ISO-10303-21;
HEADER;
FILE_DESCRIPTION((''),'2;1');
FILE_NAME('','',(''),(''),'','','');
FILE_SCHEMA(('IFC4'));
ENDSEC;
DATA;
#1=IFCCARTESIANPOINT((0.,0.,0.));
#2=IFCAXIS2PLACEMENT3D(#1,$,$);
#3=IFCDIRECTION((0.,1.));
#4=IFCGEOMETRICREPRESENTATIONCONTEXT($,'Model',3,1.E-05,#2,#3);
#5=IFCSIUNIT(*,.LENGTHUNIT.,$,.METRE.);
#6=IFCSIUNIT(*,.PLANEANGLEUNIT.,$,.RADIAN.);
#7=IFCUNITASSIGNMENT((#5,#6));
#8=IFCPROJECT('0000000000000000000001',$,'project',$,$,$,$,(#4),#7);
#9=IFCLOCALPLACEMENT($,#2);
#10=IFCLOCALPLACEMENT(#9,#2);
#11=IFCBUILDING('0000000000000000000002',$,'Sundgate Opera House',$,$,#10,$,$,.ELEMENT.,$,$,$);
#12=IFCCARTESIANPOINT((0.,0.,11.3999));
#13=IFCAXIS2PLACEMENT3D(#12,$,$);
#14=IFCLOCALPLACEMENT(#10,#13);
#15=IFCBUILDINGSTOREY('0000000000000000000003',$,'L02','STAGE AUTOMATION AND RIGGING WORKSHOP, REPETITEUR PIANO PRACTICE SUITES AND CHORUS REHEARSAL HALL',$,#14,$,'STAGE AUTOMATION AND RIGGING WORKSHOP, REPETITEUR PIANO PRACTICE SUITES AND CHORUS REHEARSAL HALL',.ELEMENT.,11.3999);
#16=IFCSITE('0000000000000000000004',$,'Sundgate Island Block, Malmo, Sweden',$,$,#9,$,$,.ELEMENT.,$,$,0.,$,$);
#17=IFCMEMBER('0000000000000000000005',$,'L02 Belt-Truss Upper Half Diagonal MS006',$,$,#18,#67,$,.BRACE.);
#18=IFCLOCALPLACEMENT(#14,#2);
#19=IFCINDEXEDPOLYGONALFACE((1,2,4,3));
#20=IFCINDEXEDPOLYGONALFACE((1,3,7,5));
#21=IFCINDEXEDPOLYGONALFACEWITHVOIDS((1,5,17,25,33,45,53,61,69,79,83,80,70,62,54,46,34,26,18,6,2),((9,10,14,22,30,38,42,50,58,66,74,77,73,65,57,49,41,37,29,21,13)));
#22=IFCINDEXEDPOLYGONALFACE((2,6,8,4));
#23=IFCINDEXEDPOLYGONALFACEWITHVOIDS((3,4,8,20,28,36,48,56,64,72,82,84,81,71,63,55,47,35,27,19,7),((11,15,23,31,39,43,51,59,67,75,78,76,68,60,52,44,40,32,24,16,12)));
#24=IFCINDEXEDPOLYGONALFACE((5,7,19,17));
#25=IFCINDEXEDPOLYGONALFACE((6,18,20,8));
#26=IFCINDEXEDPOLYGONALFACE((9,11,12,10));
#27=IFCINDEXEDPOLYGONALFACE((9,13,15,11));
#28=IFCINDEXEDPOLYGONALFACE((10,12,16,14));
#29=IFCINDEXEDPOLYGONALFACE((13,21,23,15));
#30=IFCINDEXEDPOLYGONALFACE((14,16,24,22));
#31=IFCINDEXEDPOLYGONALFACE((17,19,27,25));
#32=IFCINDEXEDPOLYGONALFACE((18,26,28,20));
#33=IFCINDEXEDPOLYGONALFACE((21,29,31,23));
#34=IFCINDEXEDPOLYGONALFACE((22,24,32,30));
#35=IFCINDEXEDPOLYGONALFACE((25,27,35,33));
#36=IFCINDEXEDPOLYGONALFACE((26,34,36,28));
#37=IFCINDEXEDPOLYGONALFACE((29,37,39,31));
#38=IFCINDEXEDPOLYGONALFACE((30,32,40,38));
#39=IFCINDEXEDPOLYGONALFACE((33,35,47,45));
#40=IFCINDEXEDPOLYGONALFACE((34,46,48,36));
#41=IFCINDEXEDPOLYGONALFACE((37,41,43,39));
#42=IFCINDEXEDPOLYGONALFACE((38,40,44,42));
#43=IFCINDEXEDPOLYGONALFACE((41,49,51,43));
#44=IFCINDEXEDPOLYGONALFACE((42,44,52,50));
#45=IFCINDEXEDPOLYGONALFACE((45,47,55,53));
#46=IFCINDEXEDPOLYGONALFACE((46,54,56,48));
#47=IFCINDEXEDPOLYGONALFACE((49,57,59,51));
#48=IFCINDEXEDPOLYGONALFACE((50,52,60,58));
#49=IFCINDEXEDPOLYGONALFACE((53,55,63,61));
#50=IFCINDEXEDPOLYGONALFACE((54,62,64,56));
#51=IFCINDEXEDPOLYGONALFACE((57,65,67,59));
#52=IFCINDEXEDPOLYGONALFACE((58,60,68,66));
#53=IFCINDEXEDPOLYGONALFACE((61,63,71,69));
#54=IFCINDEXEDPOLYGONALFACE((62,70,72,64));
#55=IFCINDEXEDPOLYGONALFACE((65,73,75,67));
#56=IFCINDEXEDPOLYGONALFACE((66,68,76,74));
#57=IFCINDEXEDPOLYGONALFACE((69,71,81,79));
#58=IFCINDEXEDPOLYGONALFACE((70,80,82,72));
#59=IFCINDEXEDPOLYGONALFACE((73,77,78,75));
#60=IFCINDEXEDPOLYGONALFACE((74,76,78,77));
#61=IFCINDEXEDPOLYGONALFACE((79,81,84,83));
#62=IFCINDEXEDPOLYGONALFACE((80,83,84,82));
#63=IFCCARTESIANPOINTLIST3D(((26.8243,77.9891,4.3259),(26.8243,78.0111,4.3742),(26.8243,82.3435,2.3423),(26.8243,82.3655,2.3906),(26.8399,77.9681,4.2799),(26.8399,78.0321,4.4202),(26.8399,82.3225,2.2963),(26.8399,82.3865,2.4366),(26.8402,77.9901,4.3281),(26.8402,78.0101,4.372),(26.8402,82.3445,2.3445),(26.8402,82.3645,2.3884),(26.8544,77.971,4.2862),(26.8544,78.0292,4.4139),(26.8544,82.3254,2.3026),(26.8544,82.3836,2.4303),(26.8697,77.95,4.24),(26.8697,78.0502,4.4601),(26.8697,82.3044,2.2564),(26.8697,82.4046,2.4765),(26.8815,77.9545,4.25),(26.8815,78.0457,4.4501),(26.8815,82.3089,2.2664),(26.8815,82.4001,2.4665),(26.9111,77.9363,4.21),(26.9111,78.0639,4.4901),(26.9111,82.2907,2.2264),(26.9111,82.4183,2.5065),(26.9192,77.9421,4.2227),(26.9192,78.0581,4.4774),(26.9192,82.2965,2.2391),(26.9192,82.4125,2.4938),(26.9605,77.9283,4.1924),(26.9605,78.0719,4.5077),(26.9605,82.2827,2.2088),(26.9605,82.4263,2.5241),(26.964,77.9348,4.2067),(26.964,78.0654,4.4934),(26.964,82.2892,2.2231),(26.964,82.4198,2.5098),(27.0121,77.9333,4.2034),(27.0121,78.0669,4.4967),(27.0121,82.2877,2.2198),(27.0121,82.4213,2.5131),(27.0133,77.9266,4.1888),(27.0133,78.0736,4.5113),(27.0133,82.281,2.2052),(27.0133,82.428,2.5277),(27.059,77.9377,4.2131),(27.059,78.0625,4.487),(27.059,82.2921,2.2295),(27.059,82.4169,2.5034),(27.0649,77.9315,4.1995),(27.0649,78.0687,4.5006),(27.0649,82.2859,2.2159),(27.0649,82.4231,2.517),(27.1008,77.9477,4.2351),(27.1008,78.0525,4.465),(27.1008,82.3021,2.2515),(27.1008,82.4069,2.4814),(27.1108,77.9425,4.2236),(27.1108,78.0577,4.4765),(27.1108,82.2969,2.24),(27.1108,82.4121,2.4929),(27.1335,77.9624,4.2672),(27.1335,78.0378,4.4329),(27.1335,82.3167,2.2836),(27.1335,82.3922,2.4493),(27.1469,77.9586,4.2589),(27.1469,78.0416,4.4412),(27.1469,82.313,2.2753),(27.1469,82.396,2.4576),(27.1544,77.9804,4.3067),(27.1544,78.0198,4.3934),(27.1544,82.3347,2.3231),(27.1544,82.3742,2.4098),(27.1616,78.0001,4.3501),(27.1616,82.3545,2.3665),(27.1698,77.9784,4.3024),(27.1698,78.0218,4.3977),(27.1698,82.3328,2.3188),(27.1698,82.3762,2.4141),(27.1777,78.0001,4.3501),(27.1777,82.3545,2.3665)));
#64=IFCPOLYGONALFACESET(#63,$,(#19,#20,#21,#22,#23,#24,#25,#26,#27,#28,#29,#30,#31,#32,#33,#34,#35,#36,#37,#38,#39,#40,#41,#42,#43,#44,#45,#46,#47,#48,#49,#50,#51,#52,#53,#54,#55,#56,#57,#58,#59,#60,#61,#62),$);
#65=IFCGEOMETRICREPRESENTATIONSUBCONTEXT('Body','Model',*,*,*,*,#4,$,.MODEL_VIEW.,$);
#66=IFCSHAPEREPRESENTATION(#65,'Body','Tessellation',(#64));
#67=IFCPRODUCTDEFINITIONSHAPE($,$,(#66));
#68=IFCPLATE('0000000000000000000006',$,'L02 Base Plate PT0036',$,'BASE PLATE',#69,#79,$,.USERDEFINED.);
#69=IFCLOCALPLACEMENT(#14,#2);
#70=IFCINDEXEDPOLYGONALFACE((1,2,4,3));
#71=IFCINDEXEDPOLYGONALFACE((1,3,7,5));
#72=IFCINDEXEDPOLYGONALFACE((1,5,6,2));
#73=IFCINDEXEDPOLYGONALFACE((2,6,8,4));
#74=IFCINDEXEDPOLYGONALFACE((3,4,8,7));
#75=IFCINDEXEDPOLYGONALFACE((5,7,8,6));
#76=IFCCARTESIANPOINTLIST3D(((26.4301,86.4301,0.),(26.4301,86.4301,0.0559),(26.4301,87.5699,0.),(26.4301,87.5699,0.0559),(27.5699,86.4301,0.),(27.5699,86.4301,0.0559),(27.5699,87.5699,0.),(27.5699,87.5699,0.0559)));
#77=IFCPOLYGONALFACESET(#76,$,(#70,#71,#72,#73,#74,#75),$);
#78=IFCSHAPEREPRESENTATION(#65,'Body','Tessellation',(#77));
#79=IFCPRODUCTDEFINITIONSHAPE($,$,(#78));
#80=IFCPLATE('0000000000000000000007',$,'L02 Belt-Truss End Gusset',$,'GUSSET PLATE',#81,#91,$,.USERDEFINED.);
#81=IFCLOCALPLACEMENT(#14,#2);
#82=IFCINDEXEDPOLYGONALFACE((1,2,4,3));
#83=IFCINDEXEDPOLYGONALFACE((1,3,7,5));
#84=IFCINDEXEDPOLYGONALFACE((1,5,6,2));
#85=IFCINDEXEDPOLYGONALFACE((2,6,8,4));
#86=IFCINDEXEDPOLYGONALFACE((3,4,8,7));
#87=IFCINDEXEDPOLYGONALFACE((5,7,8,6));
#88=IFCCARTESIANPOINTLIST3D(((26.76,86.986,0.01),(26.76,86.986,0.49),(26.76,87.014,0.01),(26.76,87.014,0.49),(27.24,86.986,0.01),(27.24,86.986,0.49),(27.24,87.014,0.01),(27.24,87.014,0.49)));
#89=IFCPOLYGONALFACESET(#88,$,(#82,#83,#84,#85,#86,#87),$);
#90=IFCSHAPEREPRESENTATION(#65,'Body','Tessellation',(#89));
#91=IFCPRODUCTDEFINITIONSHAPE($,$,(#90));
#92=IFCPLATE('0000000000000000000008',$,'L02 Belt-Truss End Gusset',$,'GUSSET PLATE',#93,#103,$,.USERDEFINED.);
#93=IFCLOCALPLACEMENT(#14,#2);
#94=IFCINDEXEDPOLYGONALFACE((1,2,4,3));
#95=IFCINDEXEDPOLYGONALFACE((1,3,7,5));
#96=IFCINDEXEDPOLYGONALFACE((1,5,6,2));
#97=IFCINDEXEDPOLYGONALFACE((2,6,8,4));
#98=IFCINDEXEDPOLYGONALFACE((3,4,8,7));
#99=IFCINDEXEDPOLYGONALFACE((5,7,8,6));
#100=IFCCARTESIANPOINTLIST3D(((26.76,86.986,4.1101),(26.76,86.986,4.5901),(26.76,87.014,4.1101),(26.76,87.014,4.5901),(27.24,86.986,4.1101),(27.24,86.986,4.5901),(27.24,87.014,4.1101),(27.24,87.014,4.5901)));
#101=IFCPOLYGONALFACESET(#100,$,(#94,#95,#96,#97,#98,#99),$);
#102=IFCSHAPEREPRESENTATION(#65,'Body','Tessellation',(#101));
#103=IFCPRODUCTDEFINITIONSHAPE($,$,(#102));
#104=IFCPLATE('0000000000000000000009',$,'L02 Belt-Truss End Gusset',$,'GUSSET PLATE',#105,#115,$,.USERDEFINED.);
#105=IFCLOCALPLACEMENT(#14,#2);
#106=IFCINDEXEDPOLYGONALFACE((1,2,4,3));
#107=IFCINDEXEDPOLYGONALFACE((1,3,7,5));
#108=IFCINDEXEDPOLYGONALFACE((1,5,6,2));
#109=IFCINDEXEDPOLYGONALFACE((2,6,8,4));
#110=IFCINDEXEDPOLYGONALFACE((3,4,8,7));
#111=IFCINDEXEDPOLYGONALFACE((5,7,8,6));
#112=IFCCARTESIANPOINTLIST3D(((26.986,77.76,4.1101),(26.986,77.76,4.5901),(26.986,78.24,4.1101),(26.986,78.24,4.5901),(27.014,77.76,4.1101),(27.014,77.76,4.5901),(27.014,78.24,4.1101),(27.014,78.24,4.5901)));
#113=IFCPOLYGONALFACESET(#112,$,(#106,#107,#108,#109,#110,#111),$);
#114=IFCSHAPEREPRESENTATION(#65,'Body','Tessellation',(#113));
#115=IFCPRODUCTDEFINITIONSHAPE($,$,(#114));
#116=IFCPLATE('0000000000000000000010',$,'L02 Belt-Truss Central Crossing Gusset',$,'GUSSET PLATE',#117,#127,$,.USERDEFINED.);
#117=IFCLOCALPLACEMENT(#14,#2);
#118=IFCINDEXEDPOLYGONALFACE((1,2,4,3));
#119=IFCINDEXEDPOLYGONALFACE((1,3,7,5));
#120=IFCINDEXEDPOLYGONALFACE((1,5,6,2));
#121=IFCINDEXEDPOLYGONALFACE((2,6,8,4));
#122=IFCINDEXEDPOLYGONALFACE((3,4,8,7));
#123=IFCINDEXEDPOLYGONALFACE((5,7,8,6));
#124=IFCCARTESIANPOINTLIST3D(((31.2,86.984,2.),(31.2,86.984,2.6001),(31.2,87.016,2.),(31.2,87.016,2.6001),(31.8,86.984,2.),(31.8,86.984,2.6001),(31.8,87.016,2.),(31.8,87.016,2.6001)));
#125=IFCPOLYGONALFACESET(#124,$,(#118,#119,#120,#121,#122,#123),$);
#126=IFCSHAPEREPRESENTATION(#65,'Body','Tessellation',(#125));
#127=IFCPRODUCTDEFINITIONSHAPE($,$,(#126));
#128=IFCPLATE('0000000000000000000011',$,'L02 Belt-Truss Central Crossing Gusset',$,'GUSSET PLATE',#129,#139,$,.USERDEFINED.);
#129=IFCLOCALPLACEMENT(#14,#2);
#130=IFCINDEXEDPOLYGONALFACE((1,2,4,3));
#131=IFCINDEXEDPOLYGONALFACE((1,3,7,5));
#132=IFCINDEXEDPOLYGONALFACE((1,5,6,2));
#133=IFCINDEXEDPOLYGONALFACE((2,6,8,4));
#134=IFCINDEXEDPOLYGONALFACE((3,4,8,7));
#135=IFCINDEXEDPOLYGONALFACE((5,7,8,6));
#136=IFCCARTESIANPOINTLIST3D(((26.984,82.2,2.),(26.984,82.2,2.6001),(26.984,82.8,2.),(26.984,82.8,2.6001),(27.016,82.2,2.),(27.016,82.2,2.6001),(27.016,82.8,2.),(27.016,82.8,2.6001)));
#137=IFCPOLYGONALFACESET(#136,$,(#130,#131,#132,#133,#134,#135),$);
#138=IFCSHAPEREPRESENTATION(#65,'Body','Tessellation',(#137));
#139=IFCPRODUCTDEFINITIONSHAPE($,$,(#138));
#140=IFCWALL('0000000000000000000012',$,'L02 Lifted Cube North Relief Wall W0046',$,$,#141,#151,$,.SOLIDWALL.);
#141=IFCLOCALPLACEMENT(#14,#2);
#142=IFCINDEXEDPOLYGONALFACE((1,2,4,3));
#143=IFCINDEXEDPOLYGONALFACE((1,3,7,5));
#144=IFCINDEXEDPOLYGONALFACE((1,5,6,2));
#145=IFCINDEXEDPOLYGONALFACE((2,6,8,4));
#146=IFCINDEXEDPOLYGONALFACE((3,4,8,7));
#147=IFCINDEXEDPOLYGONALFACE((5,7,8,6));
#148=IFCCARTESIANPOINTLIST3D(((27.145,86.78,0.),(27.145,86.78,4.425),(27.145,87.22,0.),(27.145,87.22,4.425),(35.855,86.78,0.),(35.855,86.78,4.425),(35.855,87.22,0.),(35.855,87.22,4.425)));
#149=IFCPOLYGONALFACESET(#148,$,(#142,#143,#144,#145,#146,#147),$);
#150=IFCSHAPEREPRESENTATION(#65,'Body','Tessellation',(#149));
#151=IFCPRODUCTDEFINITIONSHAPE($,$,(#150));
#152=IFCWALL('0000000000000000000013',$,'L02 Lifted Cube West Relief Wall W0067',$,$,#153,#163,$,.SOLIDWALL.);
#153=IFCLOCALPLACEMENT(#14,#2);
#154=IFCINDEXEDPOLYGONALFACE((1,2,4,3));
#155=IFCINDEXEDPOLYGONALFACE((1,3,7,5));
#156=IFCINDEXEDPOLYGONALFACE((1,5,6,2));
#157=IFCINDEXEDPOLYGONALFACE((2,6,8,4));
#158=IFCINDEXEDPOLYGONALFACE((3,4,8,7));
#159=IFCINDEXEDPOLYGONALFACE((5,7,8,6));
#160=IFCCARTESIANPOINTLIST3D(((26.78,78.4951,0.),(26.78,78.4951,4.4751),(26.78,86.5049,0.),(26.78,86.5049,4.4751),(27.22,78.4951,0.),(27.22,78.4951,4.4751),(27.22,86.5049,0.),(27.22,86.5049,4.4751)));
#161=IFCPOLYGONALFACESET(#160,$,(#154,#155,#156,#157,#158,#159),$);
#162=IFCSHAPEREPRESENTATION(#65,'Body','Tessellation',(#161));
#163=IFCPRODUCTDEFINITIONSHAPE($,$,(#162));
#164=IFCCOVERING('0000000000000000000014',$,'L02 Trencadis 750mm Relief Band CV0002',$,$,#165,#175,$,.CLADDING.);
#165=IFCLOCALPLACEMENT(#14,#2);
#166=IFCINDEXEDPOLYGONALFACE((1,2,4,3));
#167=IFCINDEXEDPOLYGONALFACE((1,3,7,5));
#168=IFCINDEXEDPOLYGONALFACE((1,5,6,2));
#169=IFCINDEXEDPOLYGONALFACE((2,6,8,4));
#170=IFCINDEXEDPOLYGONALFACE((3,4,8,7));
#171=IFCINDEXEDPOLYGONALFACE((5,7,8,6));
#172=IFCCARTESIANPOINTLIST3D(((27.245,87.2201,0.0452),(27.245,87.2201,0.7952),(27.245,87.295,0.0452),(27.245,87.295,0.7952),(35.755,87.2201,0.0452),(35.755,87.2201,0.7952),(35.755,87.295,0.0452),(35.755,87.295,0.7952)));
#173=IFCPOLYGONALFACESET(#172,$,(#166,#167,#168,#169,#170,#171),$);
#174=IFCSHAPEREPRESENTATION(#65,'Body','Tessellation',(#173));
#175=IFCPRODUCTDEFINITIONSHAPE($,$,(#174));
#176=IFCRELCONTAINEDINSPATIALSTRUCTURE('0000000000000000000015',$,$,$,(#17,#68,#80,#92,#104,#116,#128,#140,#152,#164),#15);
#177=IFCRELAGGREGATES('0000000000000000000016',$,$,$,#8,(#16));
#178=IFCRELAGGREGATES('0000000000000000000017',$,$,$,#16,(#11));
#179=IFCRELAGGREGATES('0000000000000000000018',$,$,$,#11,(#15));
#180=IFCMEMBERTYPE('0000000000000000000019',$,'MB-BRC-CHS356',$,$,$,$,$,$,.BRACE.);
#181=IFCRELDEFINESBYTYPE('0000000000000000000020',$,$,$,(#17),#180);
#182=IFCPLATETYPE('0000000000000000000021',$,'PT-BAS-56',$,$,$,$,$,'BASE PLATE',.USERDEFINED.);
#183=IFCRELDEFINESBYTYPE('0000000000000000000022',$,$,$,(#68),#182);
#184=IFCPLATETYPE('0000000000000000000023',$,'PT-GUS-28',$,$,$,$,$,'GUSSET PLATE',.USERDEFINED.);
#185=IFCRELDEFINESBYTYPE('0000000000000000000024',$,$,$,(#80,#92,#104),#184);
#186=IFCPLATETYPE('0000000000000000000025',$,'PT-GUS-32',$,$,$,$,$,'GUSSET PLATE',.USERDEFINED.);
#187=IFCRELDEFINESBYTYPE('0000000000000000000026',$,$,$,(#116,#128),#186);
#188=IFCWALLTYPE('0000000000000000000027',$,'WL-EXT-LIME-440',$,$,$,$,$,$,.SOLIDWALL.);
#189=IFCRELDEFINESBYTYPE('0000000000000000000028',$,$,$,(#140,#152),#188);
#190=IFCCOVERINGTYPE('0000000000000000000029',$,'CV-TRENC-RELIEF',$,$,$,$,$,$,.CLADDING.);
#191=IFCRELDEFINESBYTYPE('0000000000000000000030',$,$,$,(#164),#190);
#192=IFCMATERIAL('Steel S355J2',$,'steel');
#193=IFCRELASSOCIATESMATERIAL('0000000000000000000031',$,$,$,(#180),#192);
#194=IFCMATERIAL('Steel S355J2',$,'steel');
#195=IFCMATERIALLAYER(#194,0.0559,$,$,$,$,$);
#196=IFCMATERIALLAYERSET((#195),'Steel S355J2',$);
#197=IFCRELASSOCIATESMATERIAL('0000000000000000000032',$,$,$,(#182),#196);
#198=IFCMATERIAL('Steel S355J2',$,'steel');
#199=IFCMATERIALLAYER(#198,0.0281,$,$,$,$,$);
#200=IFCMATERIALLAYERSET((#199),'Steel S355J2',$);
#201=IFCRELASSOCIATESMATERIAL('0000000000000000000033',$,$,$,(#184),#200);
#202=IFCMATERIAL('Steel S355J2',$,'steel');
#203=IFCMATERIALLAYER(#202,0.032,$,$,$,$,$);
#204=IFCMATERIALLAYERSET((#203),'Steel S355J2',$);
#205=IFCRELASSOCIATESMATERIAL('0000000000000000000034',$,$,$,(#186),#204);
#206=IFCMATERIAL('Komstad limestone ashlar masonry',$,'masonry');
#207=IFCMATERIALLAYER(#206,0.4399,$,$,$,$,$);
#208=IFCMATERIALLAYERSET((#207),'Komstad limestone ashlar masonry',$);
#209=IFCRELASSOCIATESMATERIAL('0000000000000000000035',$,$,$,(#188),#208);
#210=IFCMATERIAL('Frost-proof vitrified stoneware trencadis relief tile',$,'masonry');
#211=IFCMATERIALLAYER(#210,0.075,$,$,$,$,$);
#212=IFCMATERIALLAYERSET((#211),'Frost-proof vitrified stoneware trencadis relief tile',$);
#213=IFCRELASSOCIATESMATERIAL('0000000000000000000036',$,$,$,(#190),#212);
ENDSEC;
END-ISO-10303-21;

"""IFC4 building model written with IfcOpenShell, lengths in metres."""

from ifc_helpers import new_model, si_unit, direction, frame, frame_2d, origin, origin_2d, place, context, subcontext, project, spatial, rectangle, hollow_circle, extrude, material, layer, layer_set, material_profile, profile_set, type_object, element, save


model = new_model("IFC4")

# Units and contexts
model_context = context("Model", 3, precision=1e-05, world=origin(), true_north=direction((0.0, 1.0)))
body_context = subcontext(model_context, "Body", "Model", "MODEL_VIEW")
ifc_project = project(units=[si_unit("LENGTHUNIT", "METRE"), si_unit("PLANEANGLEUNIT", "RADIAN")], contexts=[model_context])

# Site, building, storey
site_placement = place(None, origin())
site = spatial("IfcSite", under=ifc_project, at=site_placement, Name="Sundgate Island Block, Malmo, Sweden", CompositionType="ELEMENT", RefElevation=0.0)
building_placement = place(site_placement, origin())
building = spatial("IfcBuilding", under=site, at=building_placement, Name="Sundgate Opera House", CompositionType="ELEMENT")
storey_placement = place(building_placement, frame((0.0, 0.0, 11.3999)))
storey = spatial("IfcBuildingStorey", under=building, at=storey_placement, Name="L02", Description="STAGE AUTOMATION AND RIGGING WORKSHOP, REPETITEUR PIANO PRACTICE SUITES AND CHORUS REHEARSAL HALL", LongName="STAGE AUTOMATION AND RIGGING WORKSHOP, REPETITEUR PIANO PRACTICE SUITES AND CHORUS REHEARSAL HALL", CompositionType="ELEMENT", Elevation=11.3999)

# Member
ifc_material_1 = material(Name="Steel S355J2", Category="steel")
ifc_material_profile_1 = material_profile(ifc_material_1, hollow_circle(Radius=0.1777, WallThickness=0.0161, at=origin_2d()), Name="CHS 355.6x16.0")
ifc_profile_set_1 = profile_set([ifc_material_profile_1], Name="Steel S355J2")
member_type = type_object("IfcMemberType", Name="MB-BRC-CHS356", PredefinedType="BRACE", material=ifc_profile_set_1)
member_1_placement = place(storey_placement, frame((27.0, 82.3545, 2.3665), z_axis=(0.0, -0.910025, 0.414552), x_axis=(1.0, 0.0, 0.0)))
element("IfcMember", 1, at=member_1_placement, inside=storey, type_object=member_type, Name="L02 Belt-Truss Upper Half Diagonal MS006", PredefinedType="BRACE", context=body_context, shape_type="SweptSolid", body=[
    extrude(hollow_circle(Radius=0.1777, WallThickness=0.0161, at=origin_2d()), origin(), (0.0, 0.0, 1.0), 4.7849),
])

# Plates
ifc_material_2 = material(Name="Steel S355J2", Category="steel")
ifc_layer_1 = layer(ifc_material_2, 0.0559)
ifc_layer_set_1 = layer_set([ifc_layer_1], Name="Steel S355J2")
plate_type_1 = type_object("IfcPlateType", Name="PT-BAS-56", ElementType="BASE PLATE", PredefinedType="USERDEFINED", material=ifc_layer_set_1)
plate_1_placement = place(storey_placement, frame((27.0, 87.0, 0.0), z_axis=(0.0, 0.0, 1.0), x_axis=(1.0, 0.0, 0.0)))
element("IfcPlate", 2, at=plate_1_placement, inside=storey, type_object=plate_type_1, Name="L02 Base Plate PT0036", ObjectType="BASE PLATE", PredefinedType="USERDEFINED", context=body_context, shape_type="SweptSolid", body=[
    extrude(rectangle(XDim=1.1399, YDim=1.1399, at=origin_2d()), origin(), (0.0, 0.0, 1.0), 0.0559),
])
ifc_material_3 = material(Name="Steel S355J2", Category="steel")
ifc_layer_2 = layer(ifc_material_3, 0.0281)
ifc_layer_set_2 = layer_set([ifc_layer_2], Name="Steel S355J2")
plate_type_2 = type_object("IfcPlateType", Name="PT-GUS-28", ElementType="GUSSET PLATE", PredefinedType="USERDEFINED", material=ifc_layer_set_2)
for number, where, z_axis, x_axis, name in (
    (3, (27.0, 87.0, 0.01), (0.0, 0.0, 1.0), (1.0, 0.0, 0.0), "L02 Belt-Truss End Gusset"),
    (4, (27.0, 87.0, 4.1101), (0.0, 0.0, 1.0), (1.0, 0.0, 0.0), "L02 Belt-Truss End Gusset"),
):
    element("IfcPlate", number, at=place(storey_placement, frame(where, z_axis=z_axis, x_axis=x_axis)), inside=storey, type_object=plate_type_2, Name=name, ObjectType="GUSSET PLATE", PredefinedType="USERDEFINED", context=body_context, shape_type="SweptSolid", body=[
        extrude(rectangle(XDim=0.48, YDim=0.0281, at=origin_2d()), origin(), (0.0, 0.0, 1.0), 0.48),
    ])
plate_2_placement = place(storey_placement, frame((27.0, 78.0, 4.1101), z_axis=(0.0, 0.0, 1.0), x_axis=(1.0, 0.0, 0.0)))
element("IfcPlate", 5, at=plate_2_placement, inside=storey, type_object=plate_type_2, Name="L02 Belt-Truss End Gusset", ObjectType="GUSSET PLATE", PredefinedType="USERDEFINED", context=body_context, shape_type="SweptSolid", body=[
    extrude(rectangle(XDim=0.0281, YDim=0.48, at=origin_2d()), origin(), (0.0, 0.0, 1.0), 0.48),
])
ifc_material_4 = material(Name="Steel S355J2", Category="steel")
ifc_layer_3 = layer(ifc_material_4, 0.032)
ifc_layer_set_3 = layer_set([ifc_layer_3], Name="Steel S355J2")
plate_type_3 = type_object("IfcPlateType", Name="PT-GUS-32", ElementType="GUSSET PLATE", PredefinedType="USERDEFINED", material=ifc_layer_set_3)
plate_3_placement = place(storey_placement, frame((31.5, 87.0, 2.0), z_axis=(0.0, 0.0, 1.0), x_axis=(1.0, 0.0, 0.0)))
element("IfcPlate", 6, at=plate_3_placement, inside=storey, type_object=plate_type_3, Name="L02 Belt-Truss Central Crossing Gusset", ObjectType="GUSSET PLATE", PredefinedType="USERDEFINED", context=body_context, shape_type="SweptSolid", body=[
    extrude(rectangle(XDim=0.6001, YDim=0.032, at=origin_2d()), origin(), (0.0, 0.0, 1.0), 0.6001),
])
plate_4_placement = place(storey_placement, frame((27.0, 82.5, 2.0), z_axis=(0.0, 0.0, 1.0), x_axis=(1.0, 0.0, 0.0)))
element("IfcPlate", 7, at=plate_4_placement, inside=storey, type_object=plate_type_3, Name="L02 Belt-Truss Central Crossing Gusset", ObjectType="GUSSET PLATE", PredefinedType="USERDEFINED", context=body_context, shape_type="SweptSolid", body=[
    extrude(rectangle(XDim=0.032, YDim=0.6001, at=origin_2d()), origin(), (0.0, 0.0, 1.0), 0.6001),
])

# Walls
ifc_material_5 = material(Name="Komstad limestone ashlar masonry", Category="masonry")
ifc_layer_4 = layer(ifc_material_5, 0.4399)
ifc_layer_set_4 = layer_set([ifc_layer_4], Name="Komstad limestone ashlar masonry")
wall_type = type_object("IfcWallType", Name="WL-EXT-LIME-440", PredefinedType="SOLIDWALL", material=ifc_layer_set_4)
wall_1_placement = place(storey_placement, frame((27.145, 87.0, 0.0), z_axis=(0.0, 0.0, 1.0), x_axis=(1.0, 0.0, 0.0)))
element("IfcWall", 8, at=wall_1_placement, inside=storey, type_object=wall_type, Name="L02 Lifted Cube North Relief Wall W0046", PredefinedType="SOLIDWALL", context=body_context, shape_type="SweptSolid", body=[
    extrude(rectangle(XDim=8.71, YDim=0.4399, at=frame_2d((4.355, 0.0))), origin(), (0.0, 0.0, 1.0), 4.425),
])
wall_2_placement = place(storey_placement, frame((27.0, 86.5049, 0.0), z_axis=(0.0, 0.0, 1.0), x_axis=(0.0, -1.0, 0.0)))
element("IfcWall", 9, at=wall_2_placement, inside=storey, type_object=wall_type, Name="L02 Lifted Cube West Relief Wall W0067", PredefinedType="SOLIDWALL", context=body_context, shape_type="SweptSolid", body=[
    extrude(rectangle(XDim=8.0098, YDim=0.4399, at=frame_2d((4.0049, 0.0))), origin(), (0.0, 0.0, 1.0), 4.4751),
])

# Covering
ifc_material_6 = material(Name="Frost-proof vitrified stoneware trencadis relief tile", Category="masonry")
ifc_layer_5 = layer(ifc_material_6, 0.075)
ifc_layer_set_5 = layer_set([ifc_layer_5], Name="Frost-proof vitrified stoneware trencadis relief tile")
covering_type = type_object("IfcCoveringType", Name="CV-TRENC-RELIEF", PredefinedType="CLADDING", material=ifc_layer_set_5)
covering_placement = place(storey_placement, frame((31.5, 87.2576, 0.0452), z_axis=(0.0, 0.0, 1.0), x_axis=(1.0, 0.0, 0.0)))
element("IfcCovering", 10, at=covering_placement, inside=storey, type_object=covering_type, Name="L02 Trencadis 750mm Relief Band CV0002", PredefinedType="CLADDING", context=body_context, shape_type="SweptSolid", body=[
    extrude(rectangle(XDim=8.51, YDim=0.075, at=origin_2d()), origin(), (0.0, 0.0, 1.0), 0.75),
])

save(model, "model.ifc")
